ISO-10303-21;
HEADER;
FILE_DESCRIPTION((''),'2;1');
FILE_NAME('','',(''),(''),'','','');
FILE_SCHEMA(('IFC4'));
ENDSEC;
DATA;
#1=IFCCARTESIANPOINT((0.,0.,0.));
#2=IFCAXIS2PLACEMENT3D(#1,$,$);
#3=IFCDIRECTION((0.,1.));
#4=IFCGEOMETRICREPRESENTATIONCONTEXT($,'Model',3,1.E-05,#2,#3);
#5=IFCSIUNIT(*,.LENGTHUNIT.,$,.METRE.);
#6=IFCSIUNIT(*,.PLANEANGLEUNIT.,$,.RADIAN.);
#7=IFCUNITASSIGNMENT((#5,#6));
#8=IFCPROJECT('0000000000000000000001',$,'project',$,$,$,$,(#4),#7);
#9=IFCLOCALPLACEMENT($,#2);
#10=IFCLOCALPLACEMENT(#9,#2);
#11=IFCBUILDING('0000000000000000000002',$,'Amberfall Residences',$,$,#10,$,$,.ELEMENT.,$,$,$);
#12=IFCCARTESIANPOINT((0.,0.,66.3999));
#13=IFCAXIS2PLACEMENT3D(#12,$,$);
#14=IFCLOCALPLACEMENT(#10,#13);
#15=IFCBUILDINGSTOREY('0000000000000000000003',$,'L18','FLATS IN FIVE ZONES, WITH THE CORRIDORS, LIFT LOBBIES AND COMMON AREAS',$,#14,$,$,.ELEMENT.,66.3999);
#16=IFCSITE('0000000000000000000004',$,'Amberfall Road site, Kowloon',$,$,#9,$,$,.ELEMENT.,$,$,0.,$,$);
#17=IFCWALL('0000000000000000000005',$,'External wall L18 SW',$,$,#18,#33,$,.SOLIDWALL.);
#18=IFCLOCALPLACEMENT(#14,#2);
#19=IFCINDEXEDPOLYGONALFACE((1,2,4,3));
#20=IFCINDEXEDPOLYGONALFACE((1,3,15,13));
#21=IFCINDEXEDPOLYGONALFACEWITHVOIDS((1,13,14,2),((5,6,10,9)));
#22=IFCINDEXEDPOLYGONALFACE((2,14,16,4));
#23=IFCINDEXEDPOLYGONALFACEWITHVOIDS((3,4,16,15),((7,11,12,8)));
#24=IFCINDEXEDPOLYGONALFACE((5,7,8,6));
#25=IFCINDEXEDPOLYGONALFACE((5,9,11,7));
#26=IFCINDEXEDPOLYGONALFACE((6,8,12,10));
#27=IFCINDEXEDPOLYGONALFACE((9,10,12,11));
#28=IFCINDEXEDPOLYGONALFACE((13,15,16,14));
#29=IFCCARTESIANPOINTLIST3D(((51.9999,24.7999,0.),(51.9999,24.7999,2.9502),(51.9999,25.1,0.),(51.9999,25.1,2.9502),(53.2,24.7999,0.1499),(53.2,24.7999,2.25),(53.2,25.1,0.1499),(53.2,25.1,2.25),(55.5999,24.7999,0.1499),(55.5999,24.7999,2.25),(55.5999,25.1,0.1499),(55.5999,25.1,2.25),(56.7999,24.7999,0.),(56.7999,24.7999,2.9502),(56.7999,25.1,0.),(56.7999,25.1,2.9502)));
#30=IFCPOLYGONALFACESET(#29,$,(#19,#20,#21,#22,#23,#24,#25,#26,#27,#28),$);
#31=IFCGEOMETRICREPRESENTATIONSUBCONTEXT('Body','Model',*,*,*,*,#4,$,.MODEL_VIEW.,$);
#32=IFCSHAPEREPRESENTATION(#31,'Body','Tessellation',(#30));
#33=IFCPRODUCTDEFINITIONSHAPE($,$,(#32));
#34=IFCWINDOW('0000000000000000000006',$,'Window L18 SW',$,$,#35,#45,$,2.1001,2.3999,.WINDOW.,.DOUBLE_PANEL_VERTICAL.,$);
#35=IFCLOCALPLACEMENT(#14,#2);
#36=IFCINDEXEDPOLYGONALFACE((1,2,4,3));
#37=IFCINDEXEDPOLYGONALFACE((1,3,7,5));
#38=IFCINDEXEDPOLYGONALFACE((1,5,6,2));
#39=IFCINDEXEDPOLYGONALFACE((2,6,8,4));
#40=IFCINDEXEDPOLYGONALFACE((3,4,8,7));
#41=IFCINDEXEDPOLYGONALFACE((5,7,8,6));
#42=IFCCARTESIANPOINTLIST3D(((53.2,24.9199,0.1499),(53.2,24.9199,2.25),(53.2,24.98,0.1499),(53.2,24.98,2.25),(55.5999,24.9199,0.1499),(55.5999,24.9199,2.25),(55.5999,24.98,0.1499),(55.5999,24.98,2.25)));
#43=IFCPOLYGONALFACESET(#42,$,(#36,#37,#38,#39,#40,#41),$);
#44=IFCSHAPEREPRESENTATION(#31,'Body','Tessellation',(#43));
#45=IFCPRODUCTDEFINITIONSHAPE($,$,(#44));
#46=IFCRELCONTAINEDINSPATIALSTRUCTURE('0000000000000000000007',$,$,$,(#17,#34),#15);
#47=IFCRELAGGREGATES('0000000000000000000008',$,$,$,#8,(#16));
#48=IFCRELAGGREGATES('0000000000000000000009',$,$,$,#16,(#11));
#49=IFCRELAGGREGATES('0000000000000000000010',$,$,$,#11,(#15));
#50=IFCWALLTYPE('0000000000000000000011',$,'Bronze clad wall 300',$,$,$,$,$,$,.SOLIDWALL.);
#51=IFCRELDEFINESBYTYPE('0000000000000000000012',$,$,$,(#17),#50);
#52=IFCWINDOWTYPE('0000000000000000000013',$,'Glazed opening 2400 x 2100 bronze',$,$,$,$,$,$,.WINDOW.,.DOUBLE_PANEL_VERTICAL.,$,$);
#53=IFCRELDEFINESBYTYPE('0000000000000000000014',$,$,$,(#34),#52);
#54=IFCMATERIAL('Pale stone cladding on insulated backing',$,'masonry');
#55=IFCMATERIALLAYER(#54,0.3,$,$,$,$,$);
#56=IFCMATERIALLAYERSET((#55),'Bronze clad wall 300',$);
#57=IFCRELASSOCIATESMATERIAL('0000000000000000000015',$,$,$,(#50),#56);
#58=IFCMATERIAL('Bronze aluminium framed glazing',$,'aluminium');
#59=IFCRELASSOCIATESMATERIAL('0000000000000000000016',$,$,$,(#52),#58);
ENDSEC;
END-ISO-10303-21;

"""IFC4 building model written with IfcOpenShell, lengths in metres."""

from ifc_helpers import new_model, si_unit, direction, frame, frame_2d, origin, place, context, subcontext, project, spatial, rectangle, extrude, material, layer, layer_set, type_object, element, fill, save


model = new_model("IFC4")

# Units and contexts
model_context = context("Model", 3, precision=1e-05, world=origin(), true_north=direction((0.0, 1.0)))
body_context = subcontext(model_context, "Body", "Model", "MODEL_VIEW")
ifc_project = project(units=[si_unit("LENGTHUNIT", "METRE"), si_unit("PLANEANGLEUNIT", "RADIAN")], contexts=[model_context])

# Site, building, storey
site_placement = place(None, origin())
site = spatial("IfcSite", under=ifc_project, at=site_placement, Name="Amberfall Road site, Kowloon", CompositionType="ELEMENT", RefElevation=0.0)
building_placement = place(site_placement, origin())
building = spatial("IfcBuilding", under=site, at=building_placement, Name="Amberfall Residences", CompositionType="ELEMENT")
storey_placement = place(building_placement, frame((0.0, 0.0, 66.3999)))
storey = spatial("IfcBuildingStorey", under=building, at=storey_placement, Name="L18", Description="FLATS IN FIVE ZONES, WITH THE CORRIDORS, LIFT LOBBIES AND COMMON AREAS", CompositionType="ELEMENT", Elevation=66.3999)

# Wall, opening, window
ifc_material_1 = material(Name="Pale stone cladding on insulated backing", Category="masonry")
ifc_layer_1 = layer(ifc_material_1, 0.3)
ifc_layer_set_1 = layer_set([ifc_layer_1], Name="Bronze clad wall 300")
wall_type = type_object("IfcWallType", Name="Bronze clad wall 300", PredefinedType="SOLIDWALL", material=ifc_layer_set_1)
wall_placement = place(storey_placement, frame((52.0, 24.95, 0.0), z_axis=(0.0, 0.0, 1.0), x_axis=(1.0, 0.0, 0.0)))
wall = element("IfcWall", 1, at=wall_placement, inside=storey, type_object=wall_type, Name="External wall L18 SW", PredefinedType="SOLIDWALL", context=body_context, shape_type="SweptSolid", body=[
    extrude(rectangle(XDim=4.8, YDim=0.3, at=frame_2d((2.3999, 0.0))), origin(), (0.0, 0.0, 1.0), 2.9502),
])
opening_placement = place(wall_placement, frame((1.2, 0.0, 0.1499)))
opening = element("IfcOpeningElement", 2, at=opening_placement, cuts=wall, PredefinedType="OPENING", context=body_context, shape_type="SweptSolid", body=[
    extrude(rectangle(XDim=2.3999, YDim=2.1001, at=frame_2d((1.2, 1.05))), frame((0.0, 0.1599, 0.0), z_axis=(0.0, -1.0, 0.0), x_axis=(1.0, 0.0, 0.0)), (0.0, 0.0, 1.0), 0.3201),
])
ifc_material_2 = material(Name="Bronze aluminium framed glazing", Category="aluminium")
window_type = type_object("IfcWindowType", Name="Glazed opening 2400 x 2100 bronze", PartitioningType="DOUBLE_PANEL_VERTICAL", PredefinedType="WINDOW", material=ifc_material_2)
window_placement = place(opening_placement, origin())
window = element("IfcWindow", 3, at=window_placement, inside=storey, type_object=window_type, Name="Window L18 SW", OverallHeight=2.1001, OverallWidth=2.3999, PartitioningType="DOUBLE_PANEL_VERTICAL", PredefinedType="WINDOW", context=body_context, shape_type="SweptSolid", body=[
    extrude(rectangle(XDim=2.3999, YDim=2.1001, at=frame_2d((1.2, 1.05))), frame((0.0, 0.03, 0.0), z_axis=(0.0, -1.0, 0.0), x_axis=(1.0, 0.0, 0.0)), (0.0, 0.0, 1.0), 0.0601),
])
fill(opening, window)

save(model, "model.ifc")
